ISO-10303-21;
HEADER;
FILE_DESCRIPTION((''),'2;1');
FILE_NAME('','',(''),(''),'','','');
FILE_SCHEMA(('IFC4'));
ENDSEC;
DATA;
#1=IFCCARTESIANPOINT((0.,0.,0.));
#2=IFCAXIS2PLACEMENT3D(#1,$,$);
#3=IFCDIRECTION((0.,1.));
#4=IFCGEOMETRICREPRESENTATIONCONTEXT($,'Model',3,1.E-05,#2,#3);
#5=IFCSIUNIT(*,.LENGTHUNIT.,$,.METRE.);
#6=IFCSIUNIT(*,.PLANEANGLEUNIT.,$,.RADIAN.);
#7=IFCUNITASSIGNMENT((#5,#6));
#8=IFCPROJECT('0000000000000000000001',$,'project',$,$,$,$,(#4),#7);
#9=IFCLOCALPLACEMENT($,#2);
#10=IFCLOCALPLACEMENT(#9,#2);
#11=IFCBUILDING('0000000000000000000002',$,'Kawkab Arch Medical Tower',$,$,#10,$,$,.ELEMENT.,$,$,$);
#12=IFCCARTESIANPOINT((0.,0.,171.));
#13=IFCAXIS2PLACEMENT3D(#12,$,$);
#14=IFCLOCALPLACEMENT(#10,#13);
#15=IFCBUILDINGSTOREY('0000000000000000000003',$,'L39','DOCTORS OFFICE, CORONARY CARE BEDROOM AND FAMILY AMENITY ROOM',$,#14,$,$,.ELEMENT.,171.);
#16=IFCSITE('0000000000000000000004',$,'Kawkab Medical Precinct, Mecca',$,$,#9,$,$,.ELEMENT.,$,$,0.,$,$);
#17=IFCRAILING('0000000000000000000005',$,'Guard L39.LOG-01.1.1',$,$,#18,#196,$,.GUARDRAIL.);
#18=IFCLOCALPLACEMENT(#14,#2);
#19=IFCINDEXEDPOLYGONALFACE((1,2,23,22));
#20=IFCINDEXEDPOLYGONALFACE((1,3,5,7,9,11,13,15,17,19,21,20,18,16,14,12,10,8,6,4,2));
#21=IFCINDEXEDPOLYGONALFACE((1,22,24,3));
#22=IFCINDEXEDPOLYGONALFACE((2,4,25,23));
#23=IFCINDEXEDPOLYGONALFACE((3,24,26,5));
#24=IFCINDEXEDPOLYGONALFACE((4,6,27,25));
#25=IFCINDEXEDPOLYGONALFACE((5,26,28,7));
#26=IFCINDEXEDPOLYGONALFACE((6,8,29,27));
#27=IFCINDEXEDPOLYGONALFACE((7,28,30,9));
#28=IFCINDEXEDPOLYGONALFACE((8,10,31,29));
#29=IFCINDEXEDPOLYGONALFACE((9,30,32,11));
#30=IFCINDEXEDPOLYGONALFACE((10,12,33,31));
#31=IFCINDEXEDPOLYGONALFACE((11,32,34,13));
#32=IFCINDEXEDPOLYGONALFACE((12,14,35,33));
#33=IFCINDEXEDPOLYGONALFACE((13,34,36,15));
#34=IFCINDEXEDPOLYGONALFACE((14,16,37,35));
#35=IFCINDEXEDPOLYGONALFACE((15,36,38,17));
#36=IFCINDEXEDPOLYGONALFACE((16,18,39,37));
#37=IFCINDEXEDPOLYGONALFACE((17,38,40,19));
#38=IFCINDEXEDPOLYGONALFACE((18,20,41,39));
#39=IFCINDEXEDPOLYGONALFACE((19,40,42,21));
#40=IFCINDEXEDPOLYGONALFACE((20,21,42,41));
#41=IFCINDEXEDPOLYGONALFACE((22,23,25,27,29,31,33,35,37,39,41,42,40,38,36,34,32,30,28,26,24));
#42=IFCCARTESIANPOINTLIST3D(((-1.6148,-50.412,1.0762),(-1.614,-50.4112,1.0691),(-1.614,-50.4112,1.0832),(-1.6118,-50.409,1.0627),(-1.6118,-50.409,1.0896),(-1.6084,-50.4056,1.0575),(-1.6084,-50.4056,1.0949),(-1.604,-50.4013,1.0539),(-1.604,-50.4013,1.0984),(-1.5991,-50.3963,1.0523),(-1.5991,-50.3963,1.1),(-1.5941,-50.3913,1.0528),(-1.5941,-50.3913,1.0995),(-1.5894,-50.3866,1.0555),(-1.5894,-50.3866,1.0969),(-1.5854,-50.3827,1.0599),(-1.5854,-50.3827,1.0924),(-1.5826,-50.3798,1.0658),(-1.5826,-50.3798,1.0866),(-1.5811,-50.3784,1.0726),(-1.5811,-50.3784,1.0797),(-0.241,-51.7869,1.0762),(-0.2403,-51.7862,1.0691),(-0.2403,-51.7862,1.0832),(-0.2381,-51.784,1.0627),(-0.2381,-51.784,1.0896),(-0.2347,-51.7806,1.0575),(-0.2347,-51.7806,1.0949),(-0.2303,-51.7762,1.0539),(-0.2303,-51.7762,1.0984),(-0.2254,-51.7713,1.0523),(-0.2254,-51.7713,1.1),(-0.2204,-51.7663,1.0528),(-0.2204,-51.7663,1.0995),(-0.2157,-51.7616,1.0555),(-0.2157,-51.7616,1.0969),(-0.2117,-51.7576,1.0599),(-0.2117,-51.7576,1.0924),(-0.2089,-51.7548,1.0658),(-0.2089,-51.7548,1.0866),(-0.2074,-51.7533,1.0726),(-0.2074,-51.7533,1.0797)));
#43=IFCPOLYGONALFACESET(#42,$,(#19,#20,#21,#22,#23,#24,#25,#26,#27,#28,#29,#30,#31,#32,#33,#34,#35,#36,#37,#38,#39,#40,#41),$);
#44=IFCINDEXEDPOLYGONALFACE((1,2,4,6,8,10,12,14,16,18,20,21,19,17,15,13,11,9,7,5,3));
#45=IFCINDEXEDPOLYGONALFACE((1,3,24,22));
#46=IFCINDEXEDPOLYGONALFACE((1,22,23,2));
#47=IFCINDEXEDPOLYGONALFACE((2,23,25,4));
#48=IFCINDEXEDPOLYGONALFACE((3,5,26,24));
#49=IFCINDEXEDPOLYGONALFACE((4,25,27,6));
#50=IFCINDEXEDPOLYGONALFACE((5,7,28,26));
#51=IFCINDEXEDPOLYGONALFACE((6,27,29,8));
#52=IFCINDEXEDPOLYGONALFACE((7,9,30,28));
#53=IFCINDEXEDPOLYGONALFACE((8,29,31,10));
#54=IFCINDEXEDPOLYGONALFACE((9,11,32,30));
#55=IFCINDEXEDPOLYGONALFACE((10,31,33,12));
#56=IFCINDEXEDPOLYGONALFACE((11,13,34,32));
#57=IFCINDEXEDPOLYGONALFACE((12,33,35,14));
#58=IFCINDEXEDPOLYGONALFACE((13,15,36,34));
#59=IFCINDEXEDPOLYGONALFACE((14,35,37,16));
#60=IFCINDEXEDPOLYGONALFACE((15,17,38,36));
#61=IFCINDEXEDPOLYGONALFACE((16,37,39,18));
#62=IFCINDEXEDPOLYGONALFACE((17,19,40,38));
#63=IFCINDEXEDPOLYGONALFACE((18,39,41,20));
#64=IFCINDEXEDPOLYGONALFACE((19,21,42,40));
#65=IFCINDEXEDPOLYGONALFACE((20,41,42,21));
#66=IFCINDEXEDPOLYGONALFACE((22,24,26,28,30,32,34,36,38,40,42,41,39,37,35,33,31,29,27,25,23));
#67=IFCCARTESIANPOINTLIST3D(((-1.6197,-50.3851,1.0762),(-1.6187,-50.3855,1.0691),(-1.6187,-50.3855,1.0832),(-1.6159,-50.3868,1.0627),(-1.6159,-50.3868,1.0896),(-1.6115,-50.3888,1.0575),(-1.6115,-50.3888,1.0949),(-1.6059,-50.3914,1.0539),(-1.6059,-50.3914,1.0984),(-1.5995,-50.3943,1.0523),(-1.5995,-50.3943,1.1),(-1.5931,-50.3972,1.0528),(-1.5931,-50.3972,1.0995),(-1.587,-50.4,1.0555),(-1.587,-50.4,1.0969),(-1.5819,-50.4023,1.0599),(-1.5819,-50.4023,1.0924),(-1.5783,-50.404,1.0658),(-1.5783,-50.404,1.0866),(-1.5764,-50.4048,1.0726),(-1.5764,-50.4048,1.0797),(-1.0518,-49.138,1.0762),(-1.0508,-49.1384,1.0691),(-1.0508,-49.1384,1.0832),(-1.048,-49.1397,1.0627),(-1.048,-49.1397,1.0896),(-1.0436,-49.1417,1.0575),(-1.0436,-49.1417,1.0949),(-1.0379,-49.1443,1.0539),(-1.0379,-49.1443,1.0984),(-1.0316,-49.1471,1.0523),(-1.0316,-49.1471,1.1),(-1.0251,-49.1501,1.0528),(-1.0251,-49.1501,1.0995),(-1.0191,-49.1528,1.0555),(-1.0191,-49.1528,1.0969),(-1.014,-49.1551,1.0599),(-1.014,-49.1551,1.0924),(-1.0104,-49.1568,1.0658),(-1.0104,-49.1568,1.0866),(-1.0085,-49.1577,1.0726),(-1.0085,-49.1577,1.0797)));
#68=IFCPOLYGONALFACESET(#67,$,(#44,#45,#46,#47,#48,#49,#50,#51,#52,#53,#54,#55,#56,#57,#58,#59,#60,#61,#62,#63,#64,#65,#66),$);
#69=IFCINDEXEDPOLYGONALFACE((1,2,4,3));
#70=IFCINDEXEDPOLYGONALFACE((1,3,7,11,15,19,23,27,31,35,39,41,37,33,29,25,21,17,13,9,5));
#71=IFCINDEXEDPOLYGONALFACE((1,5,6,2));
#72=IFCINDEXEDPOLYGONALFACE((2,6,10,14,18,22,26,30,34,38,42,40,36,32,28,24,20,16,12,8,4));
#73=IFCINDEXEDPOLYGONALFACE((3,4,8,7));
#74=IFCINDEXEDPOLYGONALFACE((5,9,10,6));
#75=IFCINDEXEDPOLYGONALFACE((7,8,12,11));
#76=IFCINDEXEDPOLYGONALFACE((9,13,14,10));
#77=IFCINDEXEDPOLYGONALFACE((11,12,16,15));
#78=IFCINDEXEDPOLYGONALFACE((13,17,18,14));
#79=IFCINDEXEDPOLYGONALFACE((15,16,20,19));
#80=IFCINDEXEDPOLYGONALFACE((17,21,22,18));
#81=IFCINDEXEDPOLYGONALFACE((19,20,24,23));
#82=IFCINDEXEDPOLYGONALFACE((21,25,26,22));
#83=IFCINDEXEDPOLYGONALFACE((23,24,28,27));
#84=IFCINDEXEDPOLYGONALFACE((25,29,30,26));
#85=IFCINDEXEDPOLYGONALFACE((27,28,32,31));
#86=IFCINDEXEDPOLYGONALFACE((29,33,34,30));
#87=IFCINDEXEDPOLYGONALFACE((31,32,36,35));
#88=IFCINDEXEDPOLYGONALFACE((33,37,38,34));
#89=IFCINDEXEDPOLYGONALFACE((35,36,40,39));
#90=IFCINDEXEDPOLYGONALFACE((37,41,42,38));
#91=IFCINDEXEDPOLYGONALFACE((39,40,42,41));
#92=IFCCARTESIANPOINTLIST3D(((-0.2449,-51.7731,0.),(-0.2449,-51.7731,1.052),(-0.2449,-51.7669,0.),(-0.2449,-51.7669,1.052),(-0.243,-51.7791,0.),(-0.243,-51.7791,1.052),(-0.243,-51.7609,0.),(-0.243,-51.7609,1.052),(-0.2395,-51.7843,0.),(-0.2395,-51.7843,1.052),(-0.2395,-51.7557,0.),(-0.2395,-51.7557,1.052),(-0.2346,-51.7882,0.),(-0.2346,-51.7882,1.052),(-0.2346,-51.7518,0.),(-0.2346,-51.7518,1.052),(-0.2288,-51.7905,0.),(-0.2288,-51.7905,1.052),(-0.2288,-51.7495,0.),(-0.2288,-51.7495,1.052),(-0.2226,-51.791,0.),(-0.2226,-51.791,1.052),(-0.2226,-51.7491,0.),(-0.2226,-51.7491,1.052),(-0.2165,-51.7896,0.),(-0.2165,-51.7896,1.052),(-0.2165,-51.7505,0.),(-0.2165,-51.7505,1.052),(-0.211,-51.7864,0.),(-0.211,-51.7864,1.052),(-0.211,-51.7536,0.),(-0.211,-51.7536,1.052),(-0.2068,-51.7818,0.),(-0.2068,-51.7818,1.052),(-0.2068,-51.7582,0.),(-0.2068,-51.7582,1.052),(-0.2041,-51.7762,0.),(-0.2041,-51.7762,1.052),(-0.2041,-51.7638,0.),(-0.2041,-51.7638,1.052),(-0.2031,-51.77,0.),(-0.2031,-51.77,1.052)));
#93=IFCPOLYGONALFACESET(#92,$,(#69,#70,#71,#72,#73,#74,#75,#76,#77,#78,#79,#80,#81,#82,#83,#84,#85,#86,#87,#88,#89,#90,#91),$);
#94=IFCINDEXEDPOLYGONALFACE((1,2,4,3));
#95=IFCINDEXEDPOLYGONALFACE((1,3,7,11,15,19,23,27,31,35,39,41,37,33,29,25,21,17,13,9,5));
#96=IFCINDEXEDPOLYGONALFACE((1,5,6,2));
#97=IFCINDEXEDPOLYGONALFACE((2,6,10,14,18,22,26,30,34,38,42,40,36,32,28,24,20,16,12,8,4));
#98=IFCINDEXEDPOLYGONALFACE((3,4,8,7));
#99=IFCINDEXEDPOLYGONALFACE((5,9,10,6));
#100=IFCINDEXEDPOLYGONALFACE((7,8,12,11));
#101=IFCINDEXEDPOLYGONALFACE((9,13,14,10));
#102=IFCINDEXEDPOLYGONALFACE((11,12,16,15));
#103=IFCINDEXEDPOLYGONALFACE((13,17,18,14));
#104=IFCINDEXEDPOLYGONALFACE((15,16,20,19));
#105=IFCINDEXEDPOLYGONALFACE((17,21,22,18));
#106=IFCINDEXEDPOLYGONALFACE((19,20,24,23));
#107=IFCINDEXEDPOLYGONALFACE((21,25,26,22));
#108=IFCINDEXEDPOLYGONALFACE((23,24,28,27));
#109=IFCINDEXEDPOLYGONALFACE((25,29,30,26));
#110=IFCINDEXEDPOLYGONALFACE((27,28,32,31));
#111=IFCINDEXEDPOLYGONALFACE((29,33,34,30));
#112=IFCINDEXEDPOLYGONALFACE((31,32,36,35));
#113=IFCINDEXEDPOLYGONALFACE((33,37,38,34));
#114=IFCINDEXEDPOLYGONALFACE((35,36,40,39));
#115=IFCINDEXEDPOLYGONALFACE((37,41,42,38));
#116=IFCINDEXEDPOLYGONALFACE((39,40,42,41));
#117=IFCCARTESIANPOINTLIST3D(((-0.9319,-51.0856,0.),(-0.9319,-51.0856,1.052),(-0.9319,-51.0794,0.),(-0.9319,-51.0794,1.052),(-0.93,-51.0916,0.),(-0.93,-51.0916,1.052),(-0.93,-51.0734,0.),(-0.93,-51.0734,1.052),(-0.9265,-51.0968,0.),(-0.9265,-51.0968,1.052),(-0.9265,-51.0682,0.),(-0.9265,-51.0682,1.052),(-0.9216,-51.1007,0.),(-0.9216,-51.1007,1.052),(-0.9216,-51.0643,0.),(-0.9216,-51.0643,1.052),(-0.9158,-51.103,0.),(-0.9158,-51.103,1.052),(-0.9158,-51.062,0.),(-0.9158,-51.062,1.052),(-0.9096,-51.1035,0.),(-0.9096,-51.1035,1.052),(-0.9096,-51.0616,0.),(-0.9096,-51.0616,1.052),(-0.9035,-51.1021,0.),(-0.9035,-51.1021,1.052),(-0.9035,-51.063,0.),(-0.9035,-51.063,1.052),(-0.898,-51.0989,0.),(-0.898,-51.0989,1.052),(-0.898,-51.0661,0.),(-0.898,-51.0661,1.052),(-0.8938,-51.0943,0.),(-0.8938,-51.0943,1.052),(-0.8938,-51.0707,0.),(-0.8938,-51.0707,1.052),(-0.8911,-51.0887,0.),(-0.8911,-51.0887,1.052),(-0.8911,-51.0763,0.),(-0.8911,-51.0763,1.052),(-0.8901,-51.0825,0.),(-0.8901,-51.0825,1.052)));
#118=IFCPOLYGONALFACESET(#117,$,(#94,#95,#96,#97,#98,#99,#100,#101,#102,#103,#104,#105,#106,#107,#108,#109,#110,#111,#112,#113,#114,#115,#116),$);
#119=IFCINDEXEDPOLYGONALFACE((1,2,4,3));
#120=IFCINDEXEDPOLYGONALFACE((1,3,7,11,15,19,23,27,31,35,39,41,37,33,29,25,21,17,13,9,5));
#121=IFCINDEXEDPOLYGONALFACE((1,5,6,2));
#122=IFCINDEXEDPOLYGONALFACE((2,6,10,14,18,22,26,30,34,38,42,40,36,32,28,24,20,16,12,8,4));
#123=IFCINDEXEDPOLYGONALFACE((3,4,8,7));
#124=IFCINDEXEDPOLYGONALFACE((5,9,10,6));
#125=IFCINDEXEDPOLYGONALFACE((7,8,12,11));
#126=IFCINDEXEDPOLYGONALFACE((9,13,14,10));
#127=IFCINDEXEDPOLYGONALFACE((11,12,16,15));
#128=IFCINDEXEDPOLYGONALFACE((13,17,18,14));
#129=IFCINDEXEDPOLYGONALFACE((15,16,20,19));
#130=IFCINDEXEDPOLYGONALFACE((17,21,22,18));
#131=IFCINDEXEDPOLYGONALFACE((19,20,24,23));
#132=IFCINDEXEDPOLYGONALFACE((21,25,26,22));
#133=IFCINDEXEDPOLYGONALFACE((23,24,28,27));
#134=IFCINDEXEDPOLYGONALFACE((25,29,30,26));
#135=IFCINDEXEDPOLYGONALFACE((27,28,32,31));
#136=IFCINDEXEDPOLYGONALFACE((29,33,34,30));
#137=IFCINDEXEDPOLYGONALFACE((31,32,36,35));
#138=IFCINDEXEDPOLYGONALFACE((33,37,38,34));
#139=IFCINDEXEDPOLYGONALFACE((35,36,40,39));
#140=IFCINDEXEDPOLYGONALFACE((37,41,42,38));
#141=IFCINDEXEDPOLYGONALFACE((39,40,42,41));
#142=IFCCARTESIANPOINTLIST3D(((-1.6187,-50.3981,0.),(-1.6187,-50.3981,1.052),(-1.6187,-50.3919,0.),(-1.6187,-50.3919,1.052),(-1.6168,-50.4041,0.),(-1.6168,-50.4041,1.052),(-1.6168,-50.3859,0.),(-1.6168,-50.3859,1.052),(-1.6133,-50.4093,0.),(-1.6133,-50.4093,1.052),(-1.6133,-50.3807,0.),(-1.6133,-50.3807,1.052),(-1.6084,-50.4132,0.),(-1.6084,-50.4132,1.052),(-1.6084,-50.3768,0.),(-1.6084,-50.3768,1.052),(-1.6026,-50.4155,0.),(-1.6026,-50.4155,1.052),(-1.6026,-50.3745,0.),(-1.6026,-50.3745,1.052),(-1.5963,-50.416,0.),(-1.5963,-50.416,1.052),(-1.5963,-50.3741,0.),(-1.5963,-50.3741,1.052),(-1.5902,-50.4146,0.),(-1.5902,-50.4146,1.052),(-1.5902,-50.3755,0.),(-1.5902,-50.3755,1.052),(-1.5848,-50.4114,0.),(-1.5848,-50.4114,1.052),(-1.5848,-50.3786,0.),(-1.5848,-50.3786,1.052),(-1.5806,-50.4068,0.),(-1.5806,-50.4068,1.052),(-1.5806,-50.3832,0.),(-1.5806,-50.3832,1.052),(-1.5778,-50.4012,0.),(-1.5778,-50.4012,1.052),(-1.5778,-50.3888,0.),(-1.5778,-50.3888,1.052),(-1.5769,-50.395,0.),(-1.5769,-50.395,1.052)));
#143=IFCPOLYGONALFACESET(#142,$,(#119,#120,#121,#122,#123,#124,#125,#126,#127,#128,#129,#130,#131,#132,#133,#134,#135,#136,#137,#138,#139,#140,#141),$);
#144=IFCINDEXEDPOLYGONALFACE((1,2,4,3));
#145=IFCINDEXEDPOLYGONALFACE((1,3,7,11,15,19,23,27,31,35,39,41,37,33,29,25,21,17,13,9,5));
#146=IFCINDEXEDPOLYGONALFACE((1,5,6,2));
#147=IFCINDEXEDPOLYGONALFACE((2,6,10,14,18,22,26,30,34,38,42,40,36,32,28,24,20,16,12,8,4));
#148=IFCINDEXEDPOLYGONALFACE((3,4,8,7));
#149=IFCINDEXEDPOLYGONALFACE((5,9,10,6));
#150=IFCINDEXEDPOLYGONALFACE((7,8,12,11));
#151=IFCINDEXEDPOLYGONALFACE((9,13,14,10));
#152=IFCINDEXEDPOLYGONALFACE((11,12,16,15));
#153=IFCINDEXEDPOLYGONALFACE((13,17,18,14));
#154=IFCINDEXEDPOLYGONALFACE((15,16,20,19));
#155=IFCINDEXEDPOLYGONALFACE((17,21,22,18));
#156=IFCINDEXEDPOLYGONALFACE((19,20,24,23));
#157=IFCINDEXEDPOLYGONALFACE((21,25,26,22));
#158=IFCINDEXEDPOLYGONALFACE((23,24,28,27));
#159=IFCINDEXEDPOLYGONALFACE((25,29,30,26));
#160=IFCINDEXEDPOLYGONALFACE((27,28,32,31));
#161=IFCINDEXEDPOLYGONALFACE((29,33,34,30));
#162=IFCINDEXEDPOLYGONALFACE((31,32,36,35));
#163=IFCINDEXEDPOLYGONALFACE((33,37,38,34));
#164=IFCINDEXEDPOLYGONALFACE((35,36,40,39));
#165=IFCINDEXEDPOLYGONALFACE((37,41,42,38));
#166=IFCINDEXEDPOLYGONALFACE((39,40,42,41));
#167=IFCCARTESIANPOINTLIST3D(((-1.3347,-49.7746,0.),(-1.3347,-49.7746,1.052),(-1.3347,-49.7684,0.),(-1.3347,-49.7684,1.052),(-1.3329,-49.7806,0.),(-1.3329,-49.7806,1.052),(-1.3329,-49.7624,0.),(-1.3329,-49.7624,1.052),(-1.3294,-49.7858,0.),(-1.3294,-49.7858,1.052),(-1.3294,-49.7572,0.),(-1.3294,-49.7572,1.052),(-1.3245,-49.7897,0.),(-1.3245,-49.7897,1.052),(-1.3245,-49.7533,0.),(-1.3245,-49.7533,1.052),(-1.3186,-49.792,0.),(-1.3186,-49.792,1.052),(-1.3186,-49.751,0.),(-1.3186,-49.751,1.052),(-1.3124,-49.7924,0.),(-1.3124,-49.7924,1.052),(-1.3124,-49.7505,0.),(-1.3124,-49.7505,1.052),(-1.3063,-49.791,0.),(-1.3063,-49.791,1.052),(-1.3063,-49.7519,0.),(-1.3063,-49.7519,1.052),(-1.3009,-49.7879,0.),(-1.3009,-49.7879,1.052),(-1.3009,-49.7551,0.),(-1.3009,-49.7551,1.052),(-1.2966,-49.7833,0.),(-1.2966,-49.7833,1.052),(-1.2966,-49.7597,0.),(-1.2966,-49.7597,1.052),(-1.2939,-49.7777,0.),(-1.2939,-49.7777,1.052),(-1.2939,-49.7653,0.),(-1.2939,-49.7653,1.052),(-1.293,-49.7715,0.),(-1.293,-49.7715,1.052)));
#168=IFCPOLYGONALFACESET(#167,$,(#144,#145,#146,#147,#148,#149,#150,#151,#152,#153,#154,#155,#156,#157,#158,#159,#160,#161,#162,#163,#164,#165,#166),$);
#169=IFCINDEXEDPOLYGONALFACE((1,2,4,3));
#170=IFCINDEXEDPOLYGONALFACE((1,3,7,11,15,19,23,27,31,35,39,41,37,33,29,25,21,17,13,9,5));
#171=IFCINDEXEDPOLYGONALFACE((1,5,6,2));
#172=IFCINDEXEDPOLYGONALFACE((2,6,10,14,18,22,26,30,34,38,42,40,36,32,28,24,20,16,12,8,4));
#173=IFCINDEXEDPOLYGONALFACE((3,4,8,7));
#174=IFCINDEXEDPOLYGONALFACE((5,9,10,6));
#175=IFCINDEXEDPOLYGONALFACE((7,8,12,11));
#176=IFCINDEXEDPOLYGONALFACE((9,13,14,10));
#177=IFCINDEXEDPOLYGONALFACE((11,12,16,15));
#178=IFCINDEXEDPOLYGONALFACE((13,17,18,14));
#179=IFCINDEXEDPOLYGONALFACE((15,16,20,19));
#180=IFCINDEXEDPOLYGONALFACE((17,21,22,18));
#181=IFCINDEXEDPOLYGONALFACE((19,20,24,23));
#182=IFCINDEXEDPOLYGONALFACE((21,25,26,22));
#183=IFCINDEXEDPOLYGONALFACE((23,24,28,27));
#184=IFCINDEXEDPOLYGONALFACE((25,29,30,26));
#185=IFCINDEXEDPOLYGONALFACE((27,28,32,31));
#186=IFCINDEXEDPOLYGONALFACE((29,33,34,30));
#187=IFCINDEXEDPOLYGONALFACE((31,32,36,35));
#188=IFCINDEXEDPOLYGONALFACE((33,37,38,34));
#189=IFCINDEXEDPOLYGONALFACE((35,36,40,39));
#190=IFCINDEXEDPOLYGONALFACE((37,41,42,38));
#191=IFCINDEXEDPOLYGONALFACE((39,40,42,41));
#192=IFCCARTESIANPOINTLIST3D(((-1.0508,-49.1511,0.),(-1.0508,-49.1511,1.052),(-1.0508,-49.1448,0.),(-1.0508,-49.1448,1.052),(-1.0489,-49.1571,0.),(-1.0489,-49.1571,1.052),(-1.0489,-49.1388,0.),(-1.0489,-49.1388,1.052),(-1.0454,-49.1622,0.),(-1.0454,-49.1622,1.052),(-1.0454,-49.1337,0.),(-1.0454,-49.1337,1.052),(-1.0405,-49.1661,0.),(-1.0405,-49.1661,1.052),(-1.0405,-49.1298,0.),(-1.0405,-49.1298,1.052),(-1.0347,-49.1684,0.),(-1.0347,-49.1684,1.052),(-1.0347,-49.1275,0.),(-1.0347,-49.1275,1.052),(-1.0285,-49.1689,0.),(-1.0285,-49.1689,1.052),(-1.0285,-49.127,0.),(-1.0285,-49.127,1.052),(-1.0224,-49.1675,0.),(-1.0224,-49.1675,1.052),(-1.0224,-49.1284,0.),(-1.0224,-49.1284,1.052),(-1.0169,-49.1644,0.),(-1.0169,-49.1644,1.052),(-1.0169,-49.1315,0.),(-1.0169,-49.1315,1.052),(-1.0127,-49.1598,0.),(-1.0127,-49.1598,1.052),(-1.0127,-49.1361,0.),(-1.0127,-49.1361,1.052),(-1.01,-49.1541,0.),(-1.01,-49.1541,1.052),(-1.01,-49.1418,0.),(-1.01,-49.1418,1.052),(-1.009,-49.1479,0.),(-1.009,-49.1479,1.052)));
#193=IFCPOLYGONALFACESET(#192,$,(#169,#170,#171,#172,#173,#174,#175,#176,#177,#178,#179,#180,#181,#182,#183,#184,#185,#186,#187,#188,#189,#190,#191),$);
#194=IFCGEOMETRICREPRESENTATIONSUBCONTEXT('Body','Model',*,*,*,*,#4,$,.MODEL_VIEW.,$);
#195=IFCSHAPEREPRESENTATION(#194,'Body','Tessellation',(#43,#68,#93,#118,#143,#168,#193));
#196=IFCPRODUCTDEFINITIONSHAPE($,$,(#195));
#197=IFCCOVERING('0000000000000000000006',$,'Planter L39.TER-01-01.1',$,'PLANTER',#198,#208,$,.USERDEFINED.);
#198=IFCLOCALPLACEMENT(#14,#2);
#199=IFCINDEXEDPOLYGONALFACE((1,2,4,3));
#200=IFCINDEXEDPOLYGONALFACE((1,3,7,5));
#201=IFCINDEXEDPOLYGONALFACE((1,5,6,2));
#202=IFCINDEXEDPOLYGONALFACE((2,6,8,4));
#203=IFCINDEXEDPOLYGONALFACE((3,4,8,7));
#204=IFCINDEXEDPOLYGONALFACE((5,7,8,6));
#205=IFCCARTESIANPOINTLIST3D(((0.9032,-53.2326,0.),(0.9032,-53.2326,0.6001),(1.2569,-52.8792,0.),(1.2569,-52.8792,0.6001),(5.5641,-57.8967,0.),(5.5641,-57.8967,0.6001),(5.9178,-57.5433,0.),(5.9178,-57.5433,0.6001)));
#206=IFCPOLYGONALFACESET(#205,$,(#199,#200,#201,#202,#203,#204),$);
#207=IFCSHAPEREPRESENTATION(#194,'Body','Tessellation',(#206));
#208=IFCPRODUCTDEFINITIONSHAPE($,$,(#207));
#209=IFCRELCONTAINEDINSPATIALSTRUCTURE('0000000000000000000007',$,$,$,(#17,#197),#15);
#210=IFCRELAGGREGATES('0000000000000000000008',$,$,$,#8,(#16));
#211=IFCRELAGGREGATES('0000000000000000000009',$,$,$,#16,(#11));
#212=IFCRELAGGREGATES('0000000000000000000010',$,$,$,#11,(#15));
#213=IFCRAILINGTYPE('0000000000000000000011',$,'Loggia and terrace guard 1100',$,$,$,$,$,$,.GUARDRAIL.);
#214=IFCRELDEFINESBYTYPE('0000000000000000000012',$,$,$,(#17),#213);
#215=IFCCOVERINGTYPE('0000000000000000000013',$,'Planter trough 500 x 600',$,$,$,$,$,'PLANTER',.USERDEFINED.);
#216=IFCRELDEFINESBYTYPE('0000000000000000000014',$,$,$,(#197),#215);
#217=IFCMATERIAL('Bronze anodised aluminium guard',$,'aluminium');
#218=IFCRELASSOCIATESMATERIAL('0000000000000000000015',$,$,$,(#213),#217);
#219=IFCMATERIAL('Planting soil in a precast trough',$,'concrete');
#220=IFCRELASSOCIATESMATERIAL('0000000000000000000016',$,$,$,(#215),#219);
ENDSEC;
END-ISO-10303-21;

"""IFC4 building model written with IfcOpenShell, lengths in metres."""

from ifc_helpers import new_model, si_unit, direction, frame, origin, origin_2d, place, context, subcontext, project, spatial, rectangle, circle, extrude, material, material_profile, profile_set, type_object, element, save


model = new_model("IFC4")

# Units and contexts
model_context = context("Model", 3, precision=1e-05, world=origin(), true_north=direction((0.0, 1.0)))
body_context = subcontext(model_context, "Body", "Model", "MODEL_VIEW")
ifc_project = project(units=[si_unit("LENGTHUNIT", "METRE"), si_unit("PLANEANGLEUNIT", "RADIAN")], contexts=[model_context])

# Site, building, storey
site_placement = place(None, origin())
site = spatial("IfcSite", under=ifc_project, at=site_placement, Name="Kawkab Medical Precinct, Mecca", CompositionType="ELEMENT", RefElevation=0.0)
building_placement = place(site_placement, origin())
building = spatial("IfcBuilding", under=site, at=building_placement, Name="Kawkab Arch Medical Tower", CompositionType="ELEMENT")
storey_placement = place(building_placement, frame((0.0, 0.0, 171.0)))
storey = spatial("IfcBuildingStorey", under=building, at=storey_placement, Name="L39", Description="DOCTORS OFFICE, CORONARY CARE BEDROOM AND FAMILY AMENITY ROOM", CompositionType="ELEMENT", Elevation=171.0)

# Railing
ifc_material_1 = material(Name="Bronze anodised aluminium guard", Category="aluminium")
railing_type_1 = type_object("IfcRailingType", Name="Loggia and terrace guard 1100", PredefinedType="GUARDRAIL", material=ifc_material_1)
railing_1_placement = place(storey_placement, frame((-0.2241, -51.77, 0.0)))
element("IfcRailing", 1, at=railing_1_placement, inside=storey, type_object=railing_type_1, Name="Guard L39.LOG-01.1.1", PredefinedType="GUARDRAIL", context=body_context, shape_type="SweptSolid", body=[
    extrude(circle(Radius=0.0239, at=origin_2d()), frame((0.0, 0.0, 1.0762), z_axis=(-0.706793, 0.707421, 0.0), x_axis=(-0.707421, -0.706793, 0.0)), (0.0, 0.0, 1.0), 1.9436),
    extrude(circle(Radius=0.0239, at=origin_2d()), frame((-1.3738, 1.375, 1.0762), z_axis=(0.41442, 0.910086, 0.0), x_axis=(-0.910086, 0.41442, 0.0)), (0.0, 0.0, 1.0), 1.3704),
    extrude(circle(Radius=0.021, at=origin_2d()), origin(), (0.0, 0.0, 1.0), 1.052),
    extrude(circle(Radius=0.021, at=origin_2d()), frame((-0.687, 0.6875, 0.0)), (0.0, 0.0, 1.0), 1.052),
    extrude(circle(Radius=0.021, at=origin_2d()), frame((-1.3738, 1.375, 0.0)), (0.0, 0.0, 1.0), 1.052),
    extrude(circle(Radius=0.021, at=origin_2d()), frame((-1.0898, 1.9985, 0.0)), (0.0, 0.0, 1.0), 1.052),
    extrude(circle(Radius=0.021, at=origin_2d()), frame((-0.8059, 2.6221, 0.0)), (0.0, 0.0, 1.0), 1.052),
])

# Covering
ifc_material_2 = material(Name="Planting soil in a precast trough", Category="concrete")
ifc_material_profile_1 = material_profile(ifc_material_2, rectangle(XDim=0.5, YDim=0.6001, at=origin_2d()), Name="Trough 500x600")
ifc_profile_set_1 = profile_set([ifc_material_profile_1], Name="Planting soil in a precast trough")
covering_type = type_object("IfcCoveringType", Name="Planter trough 500 x 600", ElementType="PLANTER", PredefinedType="USERDEFINED", material=ifc_profile_set_1)
covering_placement = place(storey_placement, frame((1.0801, -53.0559, 0.3), z_axis=(0.706866, -0.707347, 0.0), x_axis=(0.707347, 0.706866, 0.0)))
element("IfcCovering", 2, at=covering_placement, inside=storey, type_object=covering_type, Name="Planter L39.TER-01-01.1", ObjectType="PLANTER", PredefinedType="USERDEFINED", context=body_context, shape_type="SweptSolid", body=[
    extrude(rectangle(XDim=0.5, YDim=0.6001, at=origin_2d()), origin(), (0.0, 0.0, 1.0), 6.5938),
])

save(model, "model.ifc")
